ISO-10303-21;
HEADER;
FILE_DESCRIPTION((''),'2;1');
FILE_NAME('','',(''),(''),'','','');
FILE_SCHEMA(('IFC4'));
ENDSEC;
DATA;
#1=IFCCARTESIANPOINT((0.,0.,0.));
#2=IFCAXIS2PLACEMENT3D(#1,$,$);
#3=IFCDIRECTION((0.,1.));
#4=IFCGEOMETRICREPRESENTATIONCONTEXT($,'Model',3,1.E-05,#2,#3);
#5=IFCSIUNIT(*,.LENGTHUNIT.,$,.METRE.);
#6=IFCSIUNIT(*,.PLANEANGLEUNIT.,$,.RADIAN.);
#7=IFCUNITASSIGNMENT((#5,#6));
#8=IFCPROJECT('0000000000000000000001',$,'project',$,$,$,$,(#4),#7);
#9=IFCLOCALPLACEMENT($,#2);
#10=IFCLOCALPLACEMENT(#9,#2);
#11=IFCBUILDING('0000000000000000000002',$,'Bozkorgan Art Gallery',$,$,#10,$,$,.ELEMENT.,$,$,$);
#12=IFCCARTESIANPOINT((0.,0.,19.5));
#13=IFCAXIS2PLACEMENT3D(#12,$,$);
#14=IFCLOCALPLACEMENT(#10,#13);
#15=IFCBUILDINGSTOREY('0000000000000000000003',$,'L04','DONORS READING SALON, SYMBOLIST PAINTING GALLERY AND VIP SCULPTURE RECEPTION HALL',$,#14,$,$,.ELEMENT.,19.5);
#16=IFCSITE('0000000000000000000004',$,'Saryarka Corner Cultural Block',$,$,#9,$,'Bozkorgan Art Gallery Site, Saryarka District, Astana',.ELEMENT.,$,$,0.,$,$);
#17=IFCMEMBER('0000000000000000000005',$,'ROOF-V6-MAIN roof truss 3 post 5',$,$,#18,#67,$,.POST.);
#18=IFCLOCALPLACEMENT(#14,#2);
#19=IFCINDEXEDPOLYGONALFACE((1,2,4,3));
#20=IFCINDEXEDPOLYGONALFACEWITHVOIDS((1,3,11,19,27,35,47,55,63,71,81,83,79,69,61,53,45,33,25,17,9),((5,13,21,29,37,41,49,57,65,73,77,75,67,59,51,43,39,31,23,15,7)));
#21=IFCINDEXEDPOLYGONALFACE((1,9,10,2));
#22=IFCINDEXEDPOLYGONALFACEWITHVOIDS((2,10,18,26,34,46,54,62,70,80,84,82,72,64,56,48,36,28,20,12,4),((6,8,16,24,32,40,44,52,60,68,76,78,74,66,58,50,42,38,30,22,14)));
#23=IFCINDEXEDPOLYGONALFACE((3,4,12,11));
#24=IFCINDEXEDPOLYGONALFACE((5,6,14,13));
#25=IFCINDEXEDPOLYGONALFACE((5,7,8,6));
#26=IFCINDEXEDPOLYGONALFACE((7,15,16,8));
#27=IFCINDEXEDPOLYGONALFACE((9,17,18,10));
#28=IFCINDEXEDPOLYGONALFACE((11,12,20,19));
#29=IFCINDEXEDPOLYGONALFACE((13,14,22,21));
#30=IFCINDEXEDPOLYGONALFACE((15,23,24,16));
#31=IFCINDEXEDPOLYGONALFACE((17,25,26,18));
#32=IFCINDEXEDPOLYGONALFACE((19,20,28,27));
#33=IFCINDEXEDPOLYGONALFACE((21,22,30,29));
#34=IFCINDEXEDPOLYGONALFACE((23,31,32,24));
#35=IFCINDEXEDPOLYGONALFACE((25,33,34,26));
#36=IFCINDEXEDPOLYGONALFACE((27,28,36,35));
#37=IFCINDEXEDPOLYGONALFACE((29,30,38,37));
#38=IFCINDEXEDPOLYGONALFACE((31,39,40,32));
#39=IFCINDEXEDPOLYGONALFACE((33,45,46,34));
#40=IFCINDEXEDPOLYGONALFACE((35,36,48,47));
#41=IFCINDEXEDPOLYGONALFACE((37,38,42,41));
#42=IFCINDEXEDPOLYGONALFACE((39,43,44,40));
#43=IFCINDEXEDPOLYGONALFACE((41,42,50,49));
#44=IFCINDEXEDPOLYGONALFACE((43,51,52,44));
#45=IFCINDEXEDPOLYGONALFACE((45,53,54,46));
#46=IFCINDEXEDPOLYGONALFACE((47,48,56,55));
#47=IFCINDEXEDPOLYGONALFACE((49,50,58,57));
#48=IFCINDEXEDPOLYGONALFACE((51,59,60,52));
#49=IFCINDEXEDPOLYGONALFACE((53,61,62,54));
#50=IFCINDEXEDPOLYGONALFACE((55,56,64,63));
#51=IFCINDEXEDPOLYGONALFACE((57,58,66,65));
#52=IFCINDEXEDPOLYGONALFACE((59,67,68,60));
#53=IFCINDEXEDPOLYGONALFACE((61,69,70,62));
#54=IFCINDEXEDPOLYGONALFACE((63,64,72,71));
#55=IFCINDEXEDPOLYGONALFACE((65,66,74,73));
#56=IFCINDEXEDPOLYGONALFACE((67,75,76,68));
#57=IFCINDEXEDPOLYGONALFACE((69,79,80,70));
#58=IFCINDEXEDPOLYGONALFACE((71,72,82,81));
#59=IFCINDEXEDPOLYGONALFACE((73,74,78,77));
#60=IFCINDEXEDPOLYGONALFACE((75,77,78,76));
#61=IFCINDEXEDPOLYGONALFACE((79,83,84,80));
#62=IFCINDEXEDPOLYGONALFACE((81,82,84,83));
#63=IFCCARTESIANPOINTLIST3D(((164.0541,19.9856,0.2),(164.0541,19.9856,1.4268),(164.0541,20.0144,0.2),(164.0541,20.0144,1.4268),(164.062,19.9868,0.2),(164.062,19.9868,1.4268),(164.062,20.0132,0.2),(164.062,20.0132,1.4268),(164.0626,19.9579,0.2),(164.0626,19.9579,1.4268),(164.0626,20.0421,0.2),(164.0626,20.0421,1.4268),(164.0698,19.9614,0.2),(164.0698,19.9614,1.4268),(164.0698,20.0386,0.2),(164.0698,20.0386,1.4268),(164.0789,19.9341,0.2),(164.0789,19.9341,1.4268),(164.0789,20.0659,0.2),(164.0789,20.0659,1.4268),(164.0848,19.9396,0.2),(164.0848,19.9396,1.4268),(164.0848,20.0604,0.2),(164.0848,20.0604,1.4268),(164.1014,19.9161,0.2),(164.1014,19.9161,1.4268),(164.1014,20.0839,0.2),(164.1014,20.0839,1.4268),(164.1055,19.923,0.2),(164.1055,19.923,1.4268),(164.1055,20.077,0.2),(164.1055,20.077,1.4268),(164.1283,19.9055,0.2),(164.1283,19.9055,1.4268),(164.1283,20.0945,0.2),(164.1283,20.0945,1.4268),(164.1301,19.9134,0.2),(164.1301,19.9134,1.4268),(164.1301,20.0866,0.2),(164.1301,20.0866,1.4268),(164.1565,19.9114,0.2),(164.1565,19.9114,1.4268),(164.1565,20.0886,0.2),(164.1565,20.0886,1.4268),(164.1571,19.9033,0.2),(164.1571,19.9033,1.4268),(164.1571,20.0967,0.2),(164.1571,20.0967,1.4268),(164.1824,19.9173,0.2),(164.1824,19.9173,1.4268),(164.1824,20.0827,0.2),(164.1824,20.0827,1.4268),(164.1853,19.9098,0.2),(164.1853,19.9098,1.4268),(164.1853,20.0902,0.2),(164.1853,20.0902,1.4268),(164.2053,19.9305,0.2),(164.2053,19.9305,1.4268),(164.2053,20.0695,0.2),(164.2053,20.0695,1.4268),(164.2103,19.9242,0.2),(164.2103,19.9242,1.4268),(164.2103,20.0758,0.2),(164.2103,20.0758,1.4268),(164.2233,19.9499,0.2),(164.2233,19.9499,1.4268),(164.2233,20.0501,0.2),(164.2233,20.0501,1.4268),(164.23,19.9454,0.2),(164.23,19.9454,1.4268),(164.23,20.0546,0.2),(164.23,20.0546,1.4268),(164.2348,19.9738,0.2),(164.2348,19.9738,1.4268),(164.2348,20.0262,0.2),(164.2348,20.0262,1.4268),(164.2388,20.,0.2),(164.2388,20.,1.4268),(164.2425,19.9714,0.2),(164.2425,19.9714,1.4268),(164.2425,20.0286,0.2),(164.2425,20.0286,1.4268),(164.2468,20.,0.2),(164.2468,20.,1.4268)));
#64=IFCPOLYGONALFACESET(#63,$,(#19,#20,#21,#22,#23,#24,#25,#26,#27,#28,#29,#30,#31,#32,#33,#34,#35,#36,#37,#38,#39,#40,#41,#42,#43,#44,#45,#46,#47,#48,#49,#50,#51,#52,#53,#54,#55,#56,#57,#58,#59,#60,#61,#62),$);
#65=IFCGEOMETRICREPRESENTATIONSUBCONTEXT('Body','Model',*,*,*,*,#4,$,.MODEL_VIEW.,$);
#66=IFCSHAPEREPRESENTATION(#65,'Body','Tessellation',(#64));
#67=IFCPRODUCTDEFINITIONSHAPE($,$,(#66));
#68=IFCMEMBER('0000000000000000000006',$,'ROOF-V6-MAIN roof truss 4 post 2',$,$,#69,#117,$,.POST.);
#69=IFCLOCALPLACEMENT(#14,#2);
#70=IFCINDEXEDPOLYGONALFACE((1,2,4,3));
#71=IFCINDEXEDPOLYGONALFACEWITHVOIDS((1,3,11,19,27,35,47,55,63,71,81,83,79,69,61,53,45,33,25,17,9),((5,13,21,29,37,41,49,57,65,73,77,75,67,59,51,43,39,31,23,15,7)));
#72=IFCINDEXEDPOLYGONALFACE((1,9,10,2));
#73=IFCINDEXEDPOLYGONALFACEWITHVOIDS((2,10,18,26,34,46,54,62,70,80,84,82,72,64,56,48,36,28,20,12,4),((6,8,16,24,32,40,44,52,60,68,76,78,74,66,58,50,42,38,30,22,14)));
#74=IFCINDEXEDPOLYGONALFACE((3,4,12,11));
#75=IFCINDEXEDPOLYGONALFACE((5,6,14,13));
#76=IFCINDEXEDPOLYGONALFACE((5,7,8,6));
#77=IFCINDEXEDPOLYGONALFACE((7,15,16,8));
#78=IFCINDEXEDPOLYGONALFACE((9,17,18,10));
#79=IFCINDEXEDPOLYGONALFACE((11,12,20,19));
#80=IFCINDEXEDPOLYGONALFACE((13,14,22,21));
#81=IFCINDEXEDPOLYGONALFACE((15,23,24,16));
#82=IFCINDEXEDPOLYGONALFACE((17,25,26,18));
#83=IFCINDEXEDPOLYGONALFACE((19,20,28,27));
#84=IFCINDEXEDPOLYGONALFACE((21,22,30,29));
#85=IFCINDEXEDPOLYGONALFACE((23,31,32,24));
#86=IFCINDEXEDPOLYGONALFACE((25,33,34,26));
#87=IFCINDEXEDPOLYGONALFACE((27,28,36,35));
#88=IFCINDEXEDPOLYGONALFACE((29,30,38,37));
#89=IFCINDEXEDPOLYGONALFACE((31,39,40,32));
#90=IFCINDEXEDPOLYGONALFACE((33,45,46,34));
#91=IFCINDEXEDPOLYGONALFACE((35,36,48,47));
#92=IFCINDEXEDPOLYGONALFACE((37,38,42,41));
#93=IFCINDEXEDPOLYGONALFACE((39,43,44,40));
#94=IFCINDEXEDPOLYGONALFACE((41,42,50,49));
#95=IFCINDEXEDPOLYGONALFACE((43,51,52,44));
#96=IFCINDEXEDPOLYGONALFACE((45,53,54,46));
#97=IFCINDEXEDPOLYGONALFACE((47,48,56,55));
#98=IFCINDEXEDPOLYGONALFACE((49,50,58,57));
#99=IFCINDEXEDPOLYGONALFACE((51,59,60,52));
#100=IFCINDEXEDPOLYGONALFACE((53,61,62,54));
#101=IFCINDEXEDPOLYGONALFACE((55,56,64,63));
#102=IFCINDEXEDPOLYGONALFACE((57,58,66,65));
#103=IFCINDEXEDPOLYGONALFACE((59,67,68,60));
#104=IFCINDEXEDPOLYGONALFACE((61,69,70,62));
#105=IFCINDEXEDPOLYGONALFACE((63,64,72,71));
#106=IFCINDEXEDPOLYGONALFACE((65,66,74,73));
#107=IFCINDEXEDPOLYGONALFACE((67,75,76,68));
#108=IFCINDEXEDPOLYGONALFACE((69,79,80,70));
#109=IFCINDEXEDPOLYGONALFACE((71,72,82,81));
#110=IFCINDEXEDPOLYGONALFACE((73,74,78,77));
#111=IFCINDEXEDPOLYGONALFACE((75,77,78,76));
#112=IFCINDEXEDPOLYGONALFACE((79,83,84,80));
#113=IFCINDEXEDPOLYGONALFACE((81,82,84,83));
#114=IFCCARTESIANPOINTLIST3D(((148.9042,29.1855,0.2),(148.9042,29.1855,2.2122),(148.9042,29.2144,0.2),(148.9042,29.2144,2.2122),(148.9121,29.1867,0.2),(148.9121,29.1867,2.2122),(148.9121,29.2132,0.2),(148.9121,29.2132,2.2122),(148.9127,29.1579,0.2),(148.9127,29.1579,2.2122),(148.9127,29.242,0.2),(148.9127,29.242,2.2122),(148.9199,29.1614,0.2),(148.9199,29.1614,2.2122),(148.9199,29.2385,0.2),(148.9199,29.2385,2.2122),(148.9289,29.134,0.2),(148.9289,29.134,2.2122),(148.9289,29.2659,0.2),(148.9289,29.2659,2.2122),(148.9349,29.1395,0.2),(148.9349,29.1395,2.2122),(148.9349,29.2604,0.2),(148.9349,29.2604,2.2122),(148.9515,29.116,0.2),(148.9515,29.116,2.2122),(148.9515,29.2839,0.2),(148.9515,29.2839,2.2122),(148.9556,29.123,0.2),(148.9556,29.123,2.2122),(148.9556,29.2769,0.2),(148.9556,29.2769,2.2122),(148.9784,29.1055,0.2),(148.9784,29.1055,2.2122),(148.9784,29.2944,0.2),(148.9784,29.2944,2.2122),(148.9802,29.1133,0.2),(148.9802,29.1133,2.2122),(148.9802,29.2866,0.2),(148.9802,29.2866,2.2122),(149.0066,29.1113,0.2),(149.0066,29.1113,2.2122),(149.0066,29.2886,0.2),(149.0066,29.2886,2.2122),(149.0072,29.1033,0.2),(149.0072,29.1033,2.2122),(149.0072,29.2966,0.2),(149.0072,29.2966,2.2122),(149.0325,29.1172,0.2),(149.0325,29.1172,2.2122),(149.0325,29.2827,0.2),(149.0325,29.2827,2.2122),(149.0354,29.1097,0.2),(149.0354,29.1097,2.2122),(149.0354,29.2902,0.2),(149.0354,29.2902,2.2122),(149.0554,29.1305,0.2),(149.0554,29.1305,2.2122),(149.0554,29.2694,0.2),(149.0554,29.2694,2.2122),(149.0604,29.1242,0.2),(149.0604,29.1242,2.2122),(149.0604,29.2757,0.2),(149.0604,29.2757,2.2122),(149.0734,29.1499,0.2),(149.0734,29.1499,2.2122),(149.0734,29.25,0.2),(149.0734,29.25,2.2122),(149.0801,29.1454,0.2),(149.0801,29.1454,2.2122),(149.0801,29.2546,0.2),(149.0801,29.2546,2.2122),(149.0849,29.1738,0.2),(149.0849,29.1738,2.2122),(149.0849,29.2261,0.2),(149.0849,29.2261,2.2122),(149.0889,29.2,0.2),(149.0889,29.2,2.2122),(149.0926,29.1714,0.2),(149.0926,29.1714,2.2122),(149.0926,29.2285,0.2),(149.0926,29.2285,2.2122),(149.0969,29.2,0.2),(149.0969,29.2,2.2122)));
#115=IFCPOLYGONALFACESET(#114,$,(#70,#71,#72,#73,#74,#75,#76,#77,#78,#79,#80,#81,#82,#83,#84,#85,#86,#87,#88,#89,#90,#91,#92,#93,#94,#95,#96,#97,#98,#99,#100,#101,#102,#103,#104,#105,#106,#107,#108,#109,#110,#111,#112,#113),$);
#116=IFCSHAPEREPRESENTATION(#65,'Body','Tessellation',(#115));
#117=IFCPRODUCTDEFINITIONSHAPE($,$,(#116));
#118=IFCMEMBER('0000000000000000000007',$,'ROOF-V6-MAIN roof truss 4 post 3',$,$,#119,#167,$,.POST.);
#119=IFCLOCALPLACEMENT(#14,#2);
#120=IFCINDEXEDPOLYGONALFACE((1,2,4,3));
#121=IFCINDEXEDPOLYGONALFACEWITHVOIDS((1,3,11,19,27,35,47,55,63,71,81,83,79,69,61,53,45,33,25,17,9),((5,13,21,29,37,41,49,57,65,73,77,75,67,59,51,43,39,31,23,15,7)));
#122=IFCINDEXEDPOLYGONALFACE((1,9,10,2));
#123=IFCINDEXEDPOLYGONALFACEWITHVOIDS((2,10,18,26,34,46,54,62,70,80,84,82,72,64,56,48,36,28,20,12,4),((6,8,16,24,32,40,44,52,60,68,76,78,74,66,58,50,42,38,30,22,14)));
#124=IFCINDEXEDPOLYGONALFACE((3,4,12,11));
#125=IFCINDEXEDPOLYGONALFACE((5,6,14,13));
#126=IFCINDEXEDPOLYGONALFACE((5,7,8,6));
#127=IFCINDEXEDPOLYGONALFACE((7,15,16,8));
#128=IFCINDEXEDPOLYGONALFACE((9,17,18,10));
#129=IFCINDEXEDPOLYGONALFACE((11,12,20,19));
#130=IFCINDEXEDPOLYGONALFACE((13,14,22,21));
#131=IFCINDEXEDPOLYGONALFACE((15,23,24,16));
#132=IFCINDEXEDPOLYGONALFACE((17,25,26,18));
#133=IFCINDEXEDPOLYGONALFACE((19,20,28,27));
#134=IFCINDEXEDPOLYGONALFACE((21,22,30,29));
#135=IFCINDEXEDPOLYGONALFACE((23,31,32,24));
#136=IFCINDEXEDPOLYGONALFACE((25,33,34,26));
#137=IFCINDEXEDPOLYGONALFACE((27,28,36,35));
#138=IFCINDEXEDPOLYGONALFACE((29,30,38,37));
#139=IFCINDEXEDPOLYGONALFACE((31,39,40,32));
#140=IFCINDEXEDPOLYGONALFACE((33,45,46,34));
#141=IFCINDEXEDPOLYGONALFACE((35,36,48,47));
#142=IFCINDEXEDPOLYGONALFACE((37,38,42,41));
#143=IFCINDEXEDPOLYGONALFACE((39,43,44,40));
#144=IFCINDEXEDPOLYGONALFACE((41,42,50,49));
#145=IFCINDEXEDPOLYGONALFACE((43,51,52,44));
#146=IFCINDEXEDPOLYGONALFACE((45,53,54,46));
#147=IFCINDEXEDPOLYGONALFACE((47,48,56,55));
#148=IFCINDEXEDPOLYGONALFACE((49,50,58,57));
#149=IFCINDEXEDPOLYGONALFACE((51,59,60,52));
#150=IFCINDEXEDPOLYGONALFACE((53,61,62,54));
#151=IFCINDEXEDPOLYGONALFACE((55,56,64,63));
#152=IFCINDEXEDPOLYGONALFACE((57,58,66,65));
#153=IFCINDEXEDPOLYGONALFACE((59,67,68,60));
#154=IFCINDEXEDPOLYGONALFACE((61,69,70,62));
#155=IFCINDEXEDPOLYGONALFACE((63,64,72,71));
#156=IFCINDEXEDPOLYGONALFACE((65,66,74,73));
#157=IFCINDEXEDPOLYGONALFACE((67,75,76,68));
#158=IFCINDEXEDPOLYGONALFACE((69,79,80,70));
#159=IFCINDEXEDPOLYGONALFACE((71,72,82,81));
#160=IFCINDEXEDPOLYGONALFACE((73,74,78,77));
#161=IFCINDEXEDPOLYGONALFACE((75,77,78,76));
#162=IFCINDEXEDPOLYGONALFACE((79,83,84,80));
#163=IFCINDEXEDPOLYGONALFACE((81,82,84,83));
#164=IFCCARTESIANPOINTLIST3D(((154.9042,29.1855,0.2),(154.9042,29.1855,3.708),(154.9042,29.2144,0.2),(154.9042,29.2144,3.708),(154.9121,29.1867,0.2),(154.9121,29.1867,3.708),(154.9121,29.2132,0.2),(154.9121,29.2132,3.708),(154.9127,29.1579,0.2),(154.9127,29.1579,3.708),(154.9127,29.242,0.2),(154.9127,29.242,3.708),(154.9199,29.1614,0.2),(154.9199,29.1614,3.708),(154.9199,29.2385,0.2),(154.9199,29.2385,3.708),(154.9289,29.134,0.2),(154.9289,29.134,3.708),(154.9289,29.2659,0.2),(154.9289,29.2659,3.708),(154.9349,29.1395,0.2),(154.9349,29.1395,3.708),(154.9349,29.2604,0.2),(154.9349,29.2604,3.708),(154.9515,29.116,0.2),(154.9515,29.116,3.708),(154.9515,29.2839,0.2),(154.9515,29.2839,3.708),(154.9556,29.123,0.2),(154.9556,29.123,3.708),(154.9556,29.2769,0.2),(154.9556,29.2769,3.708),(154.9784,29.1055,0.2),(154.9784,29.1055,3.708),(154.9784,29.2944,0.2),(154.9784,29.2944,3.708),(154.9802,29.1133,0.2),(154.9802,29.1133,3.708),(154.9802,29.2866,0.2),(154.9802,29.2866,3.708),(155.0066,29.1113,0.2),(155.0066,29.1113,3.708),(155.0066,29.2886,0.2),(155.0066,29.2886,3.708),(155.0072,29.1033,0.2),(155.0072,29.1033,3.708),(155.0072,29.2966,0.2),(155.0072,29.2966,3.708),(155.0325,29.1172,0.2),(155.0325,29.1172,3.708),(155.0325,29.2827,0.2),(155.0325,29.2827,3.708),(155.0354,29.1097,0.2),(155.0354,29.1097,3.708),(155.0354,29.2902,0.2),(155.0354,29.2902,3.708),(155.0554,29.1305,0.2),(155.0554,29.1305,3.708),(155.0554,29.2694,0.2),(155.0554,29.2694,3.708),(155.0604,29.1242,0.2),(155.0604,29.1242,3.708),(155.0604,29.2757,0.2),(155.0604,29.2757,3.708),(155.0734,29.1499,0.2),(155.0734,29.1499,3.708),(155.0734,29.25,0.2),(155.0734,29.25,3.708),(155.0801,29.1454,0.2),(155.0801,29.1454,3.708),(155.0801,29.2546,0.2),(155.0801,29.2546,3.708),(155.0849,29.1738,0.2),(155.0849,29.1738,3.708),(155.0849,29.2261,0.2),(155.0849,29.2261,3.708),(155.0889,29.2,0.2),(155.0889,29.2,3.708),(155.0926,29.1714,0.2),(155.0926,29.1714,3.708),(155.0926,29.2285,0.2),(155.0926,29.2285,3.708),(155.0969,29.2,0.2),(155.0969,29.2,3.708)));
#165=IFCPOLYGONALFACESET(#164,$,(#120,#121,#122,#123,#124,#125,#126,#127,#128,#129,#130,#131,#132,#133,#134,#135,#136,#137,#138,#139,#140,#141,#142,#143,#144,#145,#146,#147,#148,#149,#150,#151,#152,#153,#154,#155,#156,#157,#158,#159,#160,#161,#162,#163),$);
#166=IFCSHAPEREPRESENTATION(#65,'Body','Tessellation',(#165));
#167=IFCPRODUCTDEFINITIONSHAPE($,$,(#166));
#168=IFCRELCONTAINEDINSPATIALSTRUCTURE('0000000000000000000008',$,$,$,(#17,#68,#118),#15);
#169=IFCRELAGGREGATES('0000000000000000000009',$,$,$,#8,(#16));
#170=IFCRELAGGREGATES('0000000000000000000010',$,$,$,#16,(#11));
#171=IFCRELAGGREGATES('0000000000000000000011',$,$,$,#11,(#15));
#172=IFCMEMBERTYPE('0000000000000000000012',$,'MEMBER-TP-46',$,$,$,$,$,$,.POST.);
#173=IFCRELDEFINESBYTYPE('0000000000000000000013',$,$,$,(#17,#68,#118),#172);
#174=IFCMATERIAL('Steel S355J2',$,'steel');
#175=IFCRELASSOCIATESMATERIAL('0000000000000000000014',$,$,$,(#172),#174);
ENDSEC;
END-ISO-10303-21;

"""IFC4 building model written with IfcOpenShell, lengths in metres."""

from ifc_helpers import new_model, si_unit, direction, frame, origin, origin_2d, place, context, subcontext, project, spatial, hollow_circle, extrude, material, material_profile, profile_set, type_object, element, save


model = new_model("IFC4")

# Units and contexts
model_context = context("Model", 3, precision=1e-05, world=origin(), true_north=direction((0.0, 1.0)))
body_context = subcontext(model_context, "Body", "Model", "MODEL_VIEW")
ifc_project = project(units=[si_unit("LENGTHUNIT", "METRE"), si_unit("PLANEANGLEUNIT", "RADIAN")], contexts=[model_context])

# Site, building, storey
site_placement = place(None, origin())
site = spatial("IfcSite", under=ifc_project, at=site_placement, Name="Saryarka Corner Cultural Block", LongName="Bozkorgan Art Gallery Site, Saryarka District, Astana", CompositionType="ELEMENT", RefElevation=0.0)
building_placement = place(site_placement, origin())
building = spatial("IfcBuilding", under=site, at=building_placement, Name="Bozkorgan Art Gallery", CompositionType="ELEMENT")
storey_placement = place(building_placement, frame((0.0, 0.0, 19.5)))
storey = spatial("IfcBuildingStorey", under=building, at=storey_placement, Name="L04", Description="DONORS READING SALON, SYMBOLIST PAINTING GALLERY AND VIP SCULPTURE RECEPTION HALL", CompositionType="ELEMENT", Elevation=19.5)

# Members
ifc_material_1 = material(Name="Steel S355J2", Category="steel")
ifc_material_profile_1 = material_profile(ifc_material_1, hollow_circle(Radius=0.0969, WallThickness=0.0081, at=origin_2d()), Name="CHS 193.7x8")
ifc_profile_set_1 = profile_set([ifc_material_profile_1], Name="Steel S355J2")
member_type_1 = type_object("IfcMemberType", Name="MEMBER-TP-46", PredefinedType="POST", material=ifc_profile_set_1)
member_1_placement = place(storey_placement, frame((164.1499, 20.0, 0.2), z_axis=(0.0, 0.0, 1.0), x_axis=(1.0, 0.0, 0.0)))
element("IfcMember", 1, at=member_1_placement, inside=storey, type_object=member_type_1, Name="ROOF-V6-MAIN roof truss 3 post 5", PredefinedType="POST", context=body_context, shape_type="SweptSolid", body=[
    extrude(hollow_circle(Radius=0.0969, WallThickness=0.0081, at=origin_2d()), origin(), (0.0, 0.0, 1.0), 1.2268),
])
member_2_placement = place(storey_placement, frame((149.0, 29.2, 0.2), z_axis=(0.0, 0.0, 1.0), x_axis=(1.0, 0.0, 0.0)))
element("IfcMember", 2, at=member_2_placement, inside=storey, type_object=member_type_1, Name="ROOF-V6-MAIN roof truss 4 post 2", PredefinedType="POST", context=body_context, shape_type="SweptSolid", body=[
    extrude(hollow_circle(Radius=0.0969, WallThickness=0.0081, at=origin_2d()), origin(), (0.0, 0.0, 1.0), 2.0122),
])
member_3_placement = place(storey_placement, frame((155.0, 29.2, 0.2), z_axis=(0.0, 0.0, 1.0), x_axis=(1.0, 0.0, 0.0)))
element("IfcMember", 3, at=member_3_placement, inside=storey, type_object=member_type_1, Name="ROOF-V6-MAIN roof truss 4 post 3", PredefinedType="POST", context=body_context, shape_type="SweptSolid", body=[
    extrude(hollow_circle(Radius=0.0969, WallThickness=0.0081, at=origin_2d()), origin(), (0.0, 0.0, 1.0), 3.5081),
])

save(model, "model.ifc")
